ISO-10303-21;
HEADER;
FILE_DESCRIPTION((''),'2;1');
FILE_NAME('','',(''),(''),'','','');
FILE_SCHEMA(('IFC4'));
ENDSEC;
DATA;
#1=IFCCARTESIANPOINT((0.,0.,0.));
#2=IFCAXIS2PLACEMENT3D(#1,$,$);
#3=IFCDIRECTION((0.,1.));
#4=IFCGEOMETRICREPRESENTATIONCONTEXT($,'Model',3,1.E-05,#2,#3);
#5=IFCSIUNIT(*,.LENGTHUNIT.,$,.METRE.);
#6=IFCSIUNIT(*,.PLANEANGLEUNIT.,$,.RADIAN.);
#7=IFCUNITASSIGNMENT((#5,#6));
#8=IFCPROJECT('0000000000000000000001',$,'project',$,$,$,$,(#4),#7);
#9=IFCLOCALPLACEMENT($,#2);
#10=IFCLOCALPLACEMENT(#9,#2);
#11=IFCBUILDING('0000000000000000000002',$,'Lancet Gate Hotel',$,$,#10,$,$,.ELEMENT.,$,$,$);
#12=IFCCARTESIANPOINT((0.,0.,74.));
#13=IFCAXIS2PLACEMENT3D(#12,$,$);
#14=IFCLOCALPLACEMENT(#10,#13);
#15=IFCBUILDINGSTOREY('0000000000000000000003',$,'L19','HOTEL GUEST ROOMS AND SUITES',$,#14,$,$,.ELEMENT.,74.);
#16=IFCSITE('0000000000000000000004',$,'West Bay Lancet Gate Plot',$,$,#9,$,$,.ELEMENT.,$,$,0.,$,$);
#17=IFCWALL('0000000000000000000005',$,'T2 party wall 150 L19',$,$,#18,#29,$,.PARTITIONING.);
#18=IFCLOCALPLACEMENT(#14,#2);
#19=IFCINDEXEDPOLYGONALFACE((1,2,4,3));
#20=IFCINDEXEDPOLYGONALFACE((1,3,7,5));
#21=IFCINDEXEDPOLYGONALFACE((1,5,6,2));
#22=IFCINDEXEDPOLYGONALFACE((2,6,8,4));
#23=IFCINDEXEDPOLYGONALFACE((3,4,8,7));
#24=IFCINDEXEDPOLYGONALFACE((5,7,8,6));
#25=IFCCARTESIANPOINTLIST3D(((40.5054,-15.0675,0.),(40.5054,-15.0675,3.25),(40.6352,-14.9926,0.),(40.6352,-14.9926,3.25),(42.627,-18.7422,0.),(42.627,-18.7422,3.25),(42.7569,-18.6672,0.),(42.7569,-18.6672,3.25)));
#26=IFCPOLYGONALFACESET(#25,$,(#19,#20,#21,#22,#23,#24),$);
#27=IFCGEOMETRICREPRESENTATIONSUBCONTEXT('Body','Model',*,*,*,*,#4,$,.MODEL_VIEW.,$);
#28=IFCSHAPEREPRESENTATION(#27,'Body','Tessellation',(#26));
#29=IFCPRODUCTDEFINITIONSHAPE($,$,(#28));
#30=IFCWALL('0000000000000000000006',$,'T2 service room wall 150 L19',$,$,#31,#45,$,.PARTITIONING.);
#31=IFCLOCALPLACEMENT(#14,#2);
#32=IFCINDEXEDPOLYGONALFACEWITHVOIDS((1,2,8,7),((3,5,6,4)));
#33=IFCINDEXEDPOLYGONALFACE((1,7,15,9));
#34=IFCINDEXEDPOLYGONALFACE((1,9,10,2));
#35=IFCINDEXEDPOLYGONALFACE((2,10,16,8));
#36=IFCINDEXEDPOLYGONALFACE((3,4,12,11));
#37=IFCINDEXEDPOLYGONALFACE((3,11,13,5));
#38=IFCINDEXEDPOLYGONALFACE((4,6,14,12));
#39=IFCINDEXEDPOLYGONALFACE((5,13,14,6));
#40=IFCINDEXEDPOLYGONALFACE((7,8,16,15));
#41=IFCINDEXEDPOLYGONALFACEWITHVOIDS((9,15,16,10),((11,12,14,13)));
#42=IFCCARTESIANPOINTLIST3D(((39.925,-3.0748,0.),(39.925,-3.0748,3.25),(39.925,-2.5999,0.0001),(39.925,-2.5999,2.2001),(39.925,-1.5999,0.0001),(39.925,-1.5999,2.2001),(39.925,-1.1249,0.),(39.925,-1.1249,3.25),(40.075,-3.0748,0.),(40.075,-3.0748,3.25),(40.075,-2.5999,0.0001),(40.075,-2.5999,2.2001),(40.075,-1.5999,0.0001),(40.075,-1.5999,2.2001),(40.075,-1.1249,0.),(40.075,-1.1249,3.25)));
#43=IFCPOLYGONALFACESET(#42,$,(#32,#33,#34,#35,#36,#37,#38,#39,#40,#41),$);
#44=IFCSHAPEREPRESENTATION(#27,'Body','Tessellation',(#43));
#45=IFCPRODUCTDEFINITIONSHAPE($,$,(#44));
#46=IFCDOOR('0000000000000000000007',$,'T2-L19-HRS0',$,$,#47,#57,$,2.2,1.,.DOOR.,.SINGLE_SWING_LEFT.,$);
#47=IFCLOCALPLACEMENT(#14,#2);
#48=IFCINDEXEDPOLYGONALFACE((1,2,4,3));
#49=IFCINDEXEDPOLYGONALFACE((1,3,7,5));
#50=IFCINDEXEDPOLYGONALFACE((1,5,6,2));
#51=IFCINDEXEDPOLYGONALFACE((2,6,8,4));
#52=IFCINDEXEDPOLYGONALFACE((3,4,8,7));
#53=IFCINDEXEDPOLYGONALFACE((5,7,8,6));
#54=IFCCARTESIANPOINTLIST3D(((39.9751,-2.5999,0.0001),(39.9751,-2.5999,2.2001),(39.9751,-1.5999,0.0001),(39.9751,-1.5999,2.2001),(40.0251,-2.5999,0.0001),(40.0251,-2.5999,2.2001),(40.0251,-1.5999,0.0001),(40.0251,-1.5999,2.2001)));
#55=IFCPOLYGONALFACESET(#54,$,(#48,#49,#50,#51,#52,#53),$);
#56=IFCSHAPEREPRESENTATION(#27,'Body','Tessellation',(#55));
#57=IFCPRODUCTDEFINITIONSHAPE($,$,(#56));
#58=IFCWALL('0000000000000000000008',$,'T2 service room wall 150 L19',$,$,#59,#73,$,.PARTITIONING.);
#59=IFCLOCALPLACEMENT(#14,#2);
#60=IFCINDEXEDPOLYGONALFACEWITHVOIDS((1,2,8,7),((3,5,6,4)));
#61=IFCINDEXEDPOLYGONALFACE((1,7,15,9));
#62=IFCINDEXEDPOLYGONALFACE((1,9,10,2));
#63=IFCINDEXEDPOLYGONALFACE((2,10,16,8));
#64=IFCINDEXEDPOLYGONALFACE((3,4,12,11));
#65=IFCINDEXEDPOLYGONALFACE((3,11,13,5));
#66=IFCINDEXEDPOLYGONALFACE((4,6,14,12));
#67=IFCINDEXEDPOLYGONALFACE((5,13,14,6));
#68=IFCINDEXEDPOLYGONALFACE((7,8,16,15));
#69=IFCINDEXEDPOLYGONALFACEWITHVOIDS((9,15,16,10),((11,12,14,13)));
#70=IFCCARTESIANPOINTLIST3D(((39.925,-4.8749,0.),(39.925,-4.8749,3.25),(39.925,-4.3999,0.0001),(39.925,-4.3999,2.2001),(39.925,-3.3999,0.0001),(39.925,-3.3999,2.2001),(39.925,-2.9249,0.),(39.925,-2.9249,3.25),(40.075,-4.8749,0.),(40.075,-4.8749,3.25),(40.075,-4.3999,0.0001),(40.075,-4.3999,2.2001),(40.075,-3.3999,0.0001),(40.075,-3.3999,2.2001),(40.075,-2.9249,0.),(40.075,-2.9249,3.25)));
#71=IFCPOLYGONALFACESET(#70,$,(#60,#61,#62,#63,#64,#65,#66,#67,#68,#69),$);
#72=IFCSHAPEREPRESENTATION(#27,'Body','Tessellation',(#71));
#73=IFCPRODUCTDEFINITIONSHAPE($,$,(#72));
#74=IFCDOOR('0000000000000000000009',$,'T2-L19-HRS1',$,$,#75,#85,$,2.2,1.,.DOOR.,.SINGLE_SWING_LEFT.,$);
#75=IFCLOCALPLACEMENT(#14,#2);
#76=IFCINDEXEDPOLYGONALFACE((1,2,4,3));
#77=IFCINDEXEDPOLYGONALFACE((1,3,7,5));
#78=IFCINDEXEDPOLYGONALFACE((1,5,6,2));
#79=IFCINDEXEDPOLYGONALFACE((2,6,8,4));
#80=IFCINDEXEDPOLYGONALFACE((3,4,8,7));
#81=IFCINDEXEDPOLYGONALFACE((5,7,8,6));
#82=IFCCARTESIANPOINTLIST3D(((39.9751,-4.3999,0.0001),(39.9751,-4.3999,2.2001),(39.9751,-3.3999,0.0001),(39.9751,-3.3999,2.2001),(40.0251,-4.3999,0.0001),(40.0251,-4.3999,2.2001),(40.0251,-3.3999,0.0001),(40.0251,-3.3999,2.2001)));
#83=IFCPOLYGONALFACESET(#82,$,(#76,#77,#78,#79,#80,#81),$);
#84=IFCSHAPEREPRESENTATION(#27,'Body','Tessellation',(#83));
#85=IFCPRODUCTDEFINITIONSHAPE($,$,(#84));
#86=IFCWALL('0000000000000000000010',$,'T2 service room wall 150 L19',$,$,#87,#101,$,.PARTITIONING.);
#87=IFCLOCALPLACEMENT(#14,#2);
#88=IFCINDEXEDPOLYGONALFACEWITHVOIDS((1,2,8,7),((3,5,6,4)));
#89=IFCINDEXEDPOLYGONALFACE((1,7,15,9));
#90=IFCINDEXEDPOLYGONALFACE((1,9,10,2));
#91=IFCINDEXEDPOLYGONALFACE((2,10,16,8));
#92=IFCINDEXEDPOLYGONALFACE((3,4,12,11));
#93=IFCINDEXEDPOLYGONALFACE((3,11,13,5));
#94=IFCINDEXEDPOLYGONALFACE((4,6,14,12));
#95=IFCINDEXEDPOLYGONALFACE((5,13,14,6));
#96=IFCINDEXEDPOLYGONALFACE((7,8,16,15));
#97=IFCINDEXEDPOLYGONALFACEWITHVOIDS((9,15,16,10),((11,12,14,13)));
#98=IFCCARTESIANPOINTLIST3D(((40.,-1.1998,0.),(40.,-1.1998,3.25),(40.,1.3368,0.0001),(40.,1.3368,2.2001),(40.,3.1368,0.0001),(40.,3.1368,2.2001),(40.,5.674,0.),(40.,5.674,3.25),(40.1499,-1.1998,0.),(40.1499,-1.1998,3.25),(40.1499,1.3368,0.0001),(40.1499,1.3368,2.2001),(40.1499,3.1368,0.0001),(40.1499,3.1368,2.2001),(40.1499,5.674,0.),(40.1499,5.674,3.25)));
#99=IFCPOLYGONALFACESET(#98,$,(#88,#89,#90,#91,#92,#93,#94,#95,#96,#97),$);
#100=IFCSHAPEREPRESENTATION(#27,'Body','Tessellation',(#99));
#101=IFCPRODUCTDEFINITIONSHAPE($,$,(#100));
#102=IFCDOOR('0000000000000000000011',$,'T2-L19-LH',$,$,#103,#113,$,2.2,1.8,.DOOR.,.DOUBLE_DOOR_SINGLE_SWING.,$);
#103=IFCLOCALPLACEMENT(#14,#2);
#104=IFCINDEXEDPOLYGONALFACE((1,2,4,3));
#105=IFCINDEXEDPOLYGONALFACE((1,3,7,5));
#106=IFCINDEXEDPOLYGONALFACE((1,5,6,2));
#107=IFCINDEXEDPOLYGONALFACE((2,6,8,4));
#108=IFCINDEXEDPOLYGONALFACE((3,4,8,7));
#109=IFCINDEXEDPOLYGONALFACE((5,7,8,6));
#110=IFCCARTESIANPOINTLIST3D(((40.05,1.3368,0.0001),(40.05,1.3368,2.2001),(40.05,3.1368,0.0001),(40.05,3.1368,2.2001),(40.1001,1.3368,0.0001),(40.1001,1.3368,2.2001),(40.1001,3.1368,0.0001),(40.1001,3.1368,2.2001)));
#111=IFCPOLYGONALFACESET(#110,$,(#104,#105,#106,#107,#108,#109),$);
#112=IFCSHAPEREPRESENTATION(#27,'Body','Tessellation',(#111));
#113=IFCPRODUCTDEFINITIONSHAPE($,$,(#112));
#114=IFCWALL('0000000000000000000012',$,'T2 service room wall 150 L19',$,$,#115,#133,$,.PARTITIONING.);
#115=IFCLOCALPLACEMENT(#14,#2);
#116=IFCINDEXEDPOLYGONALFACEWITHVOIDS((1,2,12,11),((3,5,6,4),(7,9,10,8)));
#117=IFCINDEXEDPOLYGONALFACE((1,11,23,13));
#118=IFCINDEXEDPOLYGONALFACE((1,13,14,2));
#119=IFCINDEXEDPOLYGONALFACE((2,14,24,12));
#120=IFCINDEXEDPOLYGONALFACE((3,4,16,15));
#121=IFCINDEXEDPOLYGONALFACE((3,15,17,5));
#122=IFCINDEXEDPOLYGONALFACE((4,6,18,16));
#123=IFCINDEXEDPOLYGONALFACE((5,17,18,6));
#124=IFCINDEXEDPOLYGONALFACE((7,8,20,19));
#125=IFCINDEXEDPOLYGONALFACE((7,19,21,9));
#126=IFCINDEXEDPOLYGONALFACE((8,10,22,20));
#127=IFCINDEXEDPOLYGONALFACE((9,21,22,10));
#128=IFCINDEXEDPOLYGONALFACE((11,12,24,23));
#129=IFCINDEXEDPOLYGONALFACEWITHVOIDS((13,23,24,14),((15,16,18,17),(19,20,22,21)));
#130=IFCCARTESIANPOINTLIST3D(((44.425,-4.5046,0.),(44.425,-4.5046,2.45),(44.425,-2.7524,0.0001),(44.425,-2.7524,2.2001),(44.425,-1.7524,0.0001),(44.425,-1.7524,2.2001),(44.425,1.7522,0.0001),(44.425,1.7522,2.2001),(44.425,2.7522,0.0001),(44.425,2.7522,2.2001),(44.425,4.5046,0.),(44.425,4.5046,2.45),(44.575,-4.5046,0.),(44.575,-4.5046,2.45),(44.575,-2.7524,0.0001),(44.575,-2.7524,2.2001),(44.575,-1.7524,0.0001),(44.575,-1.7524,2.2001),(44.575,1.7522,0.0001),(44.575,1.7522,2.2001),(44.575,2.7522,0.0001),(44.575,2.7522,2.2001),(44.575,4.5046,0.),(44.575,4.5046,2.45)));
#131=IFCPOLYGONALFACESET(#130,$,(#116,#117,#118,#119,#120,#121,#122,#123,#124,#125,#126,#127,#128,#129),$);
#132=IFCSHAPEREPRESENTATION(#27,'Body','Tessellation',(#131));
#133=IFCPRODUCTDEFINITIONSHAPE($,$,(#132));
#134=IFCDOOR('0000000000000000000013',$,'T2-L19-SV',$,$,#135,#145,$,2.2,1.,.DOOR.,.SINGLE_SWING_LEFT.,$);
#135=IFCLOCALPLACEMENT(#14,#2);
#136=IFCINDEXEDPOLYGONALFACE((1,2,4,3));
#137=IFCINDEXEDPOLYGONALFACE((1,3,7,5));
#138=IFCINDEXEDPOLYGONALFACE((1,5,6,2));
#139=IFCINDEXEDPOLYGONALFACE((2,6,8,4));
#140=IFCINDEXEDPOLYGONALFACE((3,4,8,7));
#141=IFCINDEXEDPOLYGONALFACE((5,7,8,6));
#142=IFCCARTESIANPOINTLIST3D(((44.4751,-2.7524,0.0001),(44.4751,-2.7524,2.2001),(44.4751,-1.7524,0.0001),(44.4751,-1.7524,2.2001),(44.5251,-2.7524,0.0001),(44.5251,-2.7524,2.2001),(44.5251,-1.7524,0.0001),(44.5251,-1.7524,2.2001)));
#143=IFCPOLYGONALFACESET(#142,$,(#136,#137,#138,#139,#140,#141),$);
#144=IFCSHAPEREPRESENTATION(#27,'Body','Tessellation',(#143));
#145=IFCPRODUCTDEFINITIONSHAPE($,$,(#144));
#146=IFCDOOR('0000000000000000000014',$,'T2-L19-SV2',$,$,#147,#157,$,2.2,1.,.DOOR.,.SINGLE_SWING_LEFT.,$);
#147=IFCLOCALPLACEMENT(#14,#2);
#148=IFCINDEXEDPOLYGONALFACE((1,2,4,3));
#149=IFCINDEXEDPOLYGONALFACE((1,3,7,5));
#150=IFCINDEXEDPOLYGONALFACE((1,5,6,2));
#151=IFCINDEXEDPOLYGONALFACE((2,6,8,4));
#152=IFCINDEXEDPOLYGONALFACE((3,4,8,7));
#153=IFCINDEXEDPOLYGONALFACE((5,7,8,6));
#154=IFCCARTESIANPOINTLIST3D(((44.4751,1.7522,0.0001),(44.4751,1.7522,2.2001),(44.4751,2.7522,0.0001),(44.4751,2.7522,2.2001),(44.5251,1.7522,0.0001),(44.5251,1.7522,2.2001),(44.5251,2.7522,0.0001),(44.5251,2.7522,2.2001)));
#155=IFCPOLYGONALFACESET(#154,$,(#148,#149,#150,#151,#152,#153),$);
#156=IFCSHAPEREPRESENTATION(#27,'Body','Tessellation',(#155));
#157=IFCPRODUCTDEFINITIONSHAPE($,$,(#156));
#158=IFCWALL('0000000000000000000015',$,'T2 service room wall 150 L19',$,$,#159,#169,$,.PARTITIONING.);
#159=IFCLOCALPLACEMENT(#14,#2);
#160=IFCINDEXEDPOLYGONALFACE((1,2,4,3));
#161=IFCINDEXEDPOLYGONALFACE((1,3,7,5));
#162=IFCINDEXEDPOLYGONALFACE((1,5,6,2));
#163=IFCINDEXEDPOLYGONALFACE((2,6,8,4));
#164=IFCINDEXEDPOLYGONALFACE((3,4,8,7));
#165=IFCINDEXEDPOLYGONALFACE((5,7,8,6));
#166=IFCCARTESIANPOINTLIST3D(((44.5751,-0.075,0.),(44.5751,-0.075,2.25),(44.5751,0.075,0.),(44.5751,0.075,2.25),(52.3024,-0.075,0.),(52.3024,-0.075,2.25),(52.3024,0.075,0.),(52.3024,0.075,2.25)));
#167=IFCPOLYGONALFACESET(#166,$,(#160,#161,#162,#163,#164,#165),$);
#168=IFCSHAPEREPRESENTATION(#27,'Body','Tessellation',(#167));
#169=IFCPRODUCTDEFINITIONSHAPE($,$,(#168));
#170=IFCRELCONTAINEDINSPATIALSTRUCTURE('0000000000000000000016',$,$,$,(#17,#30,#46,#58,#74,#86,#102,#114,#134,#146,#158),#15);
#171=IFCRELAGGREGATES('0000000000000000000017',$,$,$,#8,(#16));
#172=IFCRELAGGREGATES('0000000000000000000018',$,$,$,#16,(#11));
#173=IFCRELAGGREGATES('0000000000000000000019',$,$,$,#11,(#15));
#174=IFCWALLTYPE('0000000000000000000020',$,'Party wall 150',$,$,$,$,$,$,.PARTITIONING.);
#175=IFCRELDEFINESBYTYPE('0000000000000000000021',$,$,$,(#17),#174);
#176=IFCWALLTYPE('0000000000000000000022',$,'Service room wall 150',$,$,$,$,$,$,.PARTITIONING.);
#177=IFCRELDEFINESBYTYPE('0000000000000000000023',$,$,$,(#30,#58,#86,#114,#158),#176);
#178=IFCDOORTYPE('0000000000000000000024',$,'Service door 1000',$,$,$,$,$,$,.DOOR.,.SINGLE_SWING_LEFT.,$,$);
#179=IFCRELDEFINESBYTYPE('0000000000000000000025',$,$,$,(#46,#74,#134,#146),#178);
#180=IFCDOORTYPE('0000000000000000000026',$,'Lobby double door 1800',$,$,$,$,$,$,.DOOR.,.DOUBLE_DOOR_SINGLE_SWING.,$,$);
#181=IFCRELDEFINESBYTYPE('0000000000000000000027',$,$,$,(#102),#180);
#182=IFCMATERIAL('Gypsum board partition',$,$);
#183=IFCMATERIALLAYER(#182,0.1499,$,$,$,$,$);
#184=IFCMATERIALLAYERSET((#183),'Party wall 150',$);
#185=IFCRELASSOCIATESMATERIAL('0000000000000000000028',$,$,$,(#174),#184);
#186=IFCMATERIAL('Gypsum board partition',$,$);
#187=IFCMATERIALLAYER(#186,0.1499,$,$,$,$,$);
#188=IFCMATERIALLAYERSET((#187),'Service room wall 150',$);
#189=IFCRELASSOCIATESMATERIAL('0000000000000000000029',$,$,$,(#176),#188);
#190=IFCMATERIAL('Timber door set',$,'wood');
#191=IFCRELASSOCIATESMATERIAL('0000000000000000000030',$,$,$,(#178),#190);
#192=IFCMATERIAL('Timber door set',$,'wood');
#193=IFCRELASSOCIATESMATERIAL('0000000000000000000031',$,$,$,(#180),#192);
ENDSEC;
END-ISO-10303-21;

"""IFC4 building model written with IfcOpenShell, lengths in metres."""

from ifc_helpers import new_model, si_unit, direction, frame, frame_2d, origin, place, context, subcontext, project, spatial, rectangle, extrude, material, layer, layer_set, type_object, element, fill, save


model = new_model("IFC4")

# Units and contexts
model_context = context("Model", 3, precision=1e-05, world=origin(), true_north=direction((0.0, 1.0)))
body_context = subcontext(model_context, "Body", "Model", "MODEL_VIEW")
ifc_project = project(units=[si_unit("LENGTHUNIT", "METRE"), si_unit("PLANEANGLEUNIT", "RADIAN")], contexts=[model_context])

# Site, building, storey
site_placement = place(None, origin())
site = spatial("IfcSite", under=ifc_project, at=site_placement, Name="West Bay Lancet Gate Plot", CompositionType="ELEMENT", RefElevation=0.0)
building_placement = place(site_placement, origin())
building = spatial("IfcBuilding", under=site, at=building_placement, Name="Lancet Gate Hotel", CompositionType="ELEMENT")
storey_placement = place(building_placement, frame((0.0, 0.0, 74.0)))
storey = spatial("IfcBuildingStorey", under=building, at=storey_placement, Name="L19", Description="HOTEL GUEST ROOMS AND SUITES", CompositionType="ELEMENT", Elevation=74.0)

# Wall
ifc_material_1 = material(Name="Gypsum board partition")
ifc_layer_1 = layer(ifc_material_1, 0.1499)
ifc_layer_set_1 = layer_set([ifc_layer_1], Name="Party wall 150")
wall_type_1 = type_object("IfcWallType", Name="Party wall 150", PredefinedType="PARTITIONING", material=ifc_layer_set_1)
wall_1_placement = place(storey_placement, frame((40.5703, -15.03, 0.0), z_axis=(0.0, 0.0, 1.0), x_axis=(0.500013, -0.866018, 0.0)))
element("IfcWall", 1, at=wall_1_placement, inside=storey, type_object=wall_type_1, Name="T2 party wall 150 L19", PredefinedType="PARTITIONING", context=body_context, shape_type="SweptSolid", body=[
    extrude(rectangle(XDim=4.2432, YDim=0.1499, at=frame_2d((2.1216, 0.0))), origin(), (0.0, 0.0, 1.0), 3.25),
])

# Walls, openings, doors
ifc_material_2 = material(Name="Gypsum board partition")
ifc_layer_2 = layer(ifc_material_2, 0.1499)
ifc_layer_set_2 = layer_set([ifc_layer_2], Name="Service room wall 150")
wall_type_2 = type_object("IfcWallType", Name="Service room wall 150", PredefinedType="PARTITIONING", material=ifc_layer_set_2)
wall_2_placement = place(storey_placement, frame((40.0, -3.075, 0.0), z_axis=(0.0, 0.0, 1.0), x_axis=(0.0, 1.0, 0.0)))
wall_2 = element("IfcWall", 2, at=wall_2_placement, inside=storey, type_object=wall_type_2, Name="T2 service room wall 150 L19", PredefinedType="PARTITIONING", context=body_context, shape_type="SweptSolid", body=[
    extrude(rectangle(XDim=1.95, YDim=0.1499, at=frame_2d((0.9751, 0.0))), origin(), (0.0, 0.0, 1.0), 3.25),
])
opening_1_placement = place(wall_2_placement, frame((0.4751, 0.0, 0.0)))
opening_1 = element("IfcOpeningElement", 3, at=opening_1_placement, cuts=wall_2, PredefinedType="OPENING", context=body_context, shape_type="SweptSolid", body=[
    extrude(rectangle(XDim=1.0, YDim=2.2, at=frame_2d((0.5, 1.1001))), frame((0.0, 0.085, 0.0), z_axis=(0.0, -1.0, 0.0), x_axis=(1.0, 0.0, 0.0)), (0.0, 0.0, 1.0), 0.1699),
])
ifc_material_3 = material(Name="Timber door set", Category="wood")
door_type_1 = type_object("IfcDoorType", Name="Service door 1000", OperationType="SINGLE_SWING_LEFT", PredefinedType="DOOR", material=ifc_material_3)
door_1_placement = place(opening_1_placement, origin())
door_1 = element("IfcDoor", 4, at=door_1_placement, inside=storey, type_object=door_type_1, Name="T2-L19-HRS0", OperationType="SINGLE_SWING_LEFT", OverallHeight=2.2, OverallWidth=1.0, PredefinedType="DOOR", context=body_context, shape_type="SweptSolid", body=[
    extrude(rectangle(XDim=1.0, YDim=2.2, at=frame_2d((0.5, 1.1001))), frame((0.0, 0.0249, 0.0), z_axis=(0.0, -1.0, 0.0), x_axis=(1.0, 0.0, 0.0)), (0.0, 0.0, 1.0), 0.05),
])
fill(opening_1, door_1)
wall_3_placement = place(storey_placement, frame((40.0, -4.875, 0.0), z_axis=(0.0, 0.0, 1.0), x_axis=(0.0, 1.0, 0.0)))
wall_3 = element("IfcWall", 5, at=wall_3_placement, inside=storey, type_object=wall_type_2, Name="T2 service room wall 150 L19", PredefinedType="PARTITIONING", context=body_context, shape_type="SweptSolid", body=[
    extrude(rectangle(XDim=1.95, YDim=0.1499, at=frame_2d((0.9751, 0.0))), origin(), (0.0, 0.0, 1.0), 3.25),
])
opening_2_placement = place(wall_3_placement, frame((0.4751, 0.0, 0.0)))
opening_2 = element("IfcOpeningElement", 6, at=opening_2_placement, cuts=wall_3, PredefinedType="OPENING", context=body_context, shape_type="SweptSolid", body=[
    extrude(rectangle(XDim=1.0, YDim=2.2, at=frame_2d((0.5, 1.1001))), frame((0.0, 0.085, 0.0), z_axis=(0.0, -1.0, 0.0), x_axis=(1.0, 0.0, 0.0)), (0.0, 0.0, 1.0), 0.1699),
])
door_2_placement = place(opening_2_placement, origin())
door_2 = element("IfcDoor", 7, at=door_2_placement, inside=storey, type_object=door_type_1, Name="T2-L19-HRS1", OperationType="SINGLE_SWING_LEFT", OverallHeight=2.2, OverallWidth=1.0, PredefinedType="DOOR", context=body_context, shape_type="SweptSolid", body=[
    extrude(rectangle(XDim=1.0, YDim=2.2, at=frame_2d((0.5, 1.1001))), frame((0.0, 0.0249, 0.0), z_axis=(0.0, -1.0, 0.0), x_axis=(1.0, 0.0, 0.0)), (0.0, 0.0, 1.0), 0.05),
])
fill(opening_2, door_2)
wall_4_placement = place(storey_placement, frame((40.075, -1.2, 0.0), z_axis=(0.0, 0.0, 1.0), x_axis=(0.0, 1.0, 0.0)))
wall_4 = element("IfcWall", 8, at=wall_4_placement, inside=storey, type_object=wall_type_2, Name="T2 service room wall 150 L19", PredefinedType="PARTITIONING", context=body_context, shape_type="SweptSolid", body=[
    extrude(rectangle(XDim=6.8738, YDim=0.1499, at=frame_2d((3.437, 0.0))), origin(), (0.0, 0.0, 1.0), 3.25),
])
opening_3_placement = place(wall_4_placement, frame((2.5369, 0.0, 0.0)))
opening_3 = element("IfcOpeningElement", 9, at=opening_3_placement, cuts=wall_4, PredefinedType="OPENING", context=body_context, shape_type="SweptSolid", body=[
    extrude(rectangle(XDim=1.8, YDim=2.2, at=frame_2d((0.8999, 1.1001))), frame((0.0, 0.085, 0.0), z_axis=(0.0, -1.0, 0.0), x_axis=(1.0, 0.0, 0.0)), (0.0, 0.0, 1.0), 0.1699),
])
ifc_material_4 = material(Name="Timber door set", Category="wood")
door_type_2 = type_object("IfcDoorType", Name="Lobby double door 1800", OperationType="DOUBLE_DOOR_SINGLE_SWING", PredefinedType="DOOR", material=ifc_material_4)
door_3_placement = place(opening_3_placement, origin())
door_3 = element("IfcDoor", 10, at=door_3_placement, inside=storey, type_object=door_type_2, Name="T2-L19-LH", OperationType="DOUBLE_DOOR_SINGLE_SWING", OverallHeight=2.2, OverallWidth=1.8, PredefinedType="DOOR", context=body_context, shape_type="SweptSolid", body=[
    extrude(rectangle(XDim=1.8, YDim=2.2, at=frame_2d((0.8999, 1.1001))), frame((0.0, 0.0249, 0.0), z_axis=(0.0, -1.0, 0.0), x_axis=(1.0, 0.0, 0.0)), (0.0, 0.0, 1.0), 0.05),
])
fill(opening_3, door_3)

# Wall, openings, doors
wall_5_placement = place(storey_placement, frame((44.5, -4.5046, 0.0), z_axis=(0.0, 0.0, 1.0), x_axis=(0.0, 1.0, 0.0)))
wall_5 = element("IfcWall", 11, at=wall_5_placement, inside=storey, type_object=wall_type_2, Name="T2 service room wall 150 L19", PredefinedType="PARTITIONING", context=body_context, shape_type="SweptSolid", body=[
    extrude(rectangle(XDim=9.0093, YDim=0.1499, at=frame_2d((4.5046, 0.0))), origin(), (0.0, 0.0, 1.0), 2.45),
])
opening_4_placement = place(wall_5_placement, frame((1.7522, 0.0, 0.0)))
opening_4 = element("IfcOpeningElement", 12, at=opening_4_placement, cuts=wall_5, PredefinedType="OPENING", context=body_context, shape_type="SweptSolid", body=[
    extrude(rectangle(XDim=1.0, YDim=2.2, at=frame_2d((0.5, 1.1001))), frame((0.0, 0.085, 0.0), z_axis=(0.0, -1.0, 0.0), x_axis=(1.0, 0.0, 0.0)), (0.0, 0.0, 1.0), 0.1699),
])
opening_5_placement = place(wall_5_placement, frame((6.2568, 0.0, 0.0)))
opening_5 = element("IfcOpeningElement", 13, at=opening_5_placement, cuts=wall_5, PredefinedType="OPENING", context=body_context, shape_type="SweptSolid", body=[
    extrude(rectangle(XDim=1.0, YDim=2.2, at=frame_2d((0.5, 1.1001))), frame((0.0, 0.085, 0.0), z_axis=(0.0, -1.0, 0.0), x_axis=(1.0, 0.0, 0.0)), (0.0, 0.0, 1.0), 0.1699),
])
door_4_placement = place(opening_4_placement, origin())
door_4 = element("IfcDoor", 14, at=door_4_placement, inside=storey, type_object=door_type_1, Name="T2-L19-SV", OperationType="SINGLE_SWING_LEFT", OverallHeight=2.2, OverallWidth=1.0, PredefinedType="DOOR", context=body_context, shape_type="SweptSolid", body=[
    extrude(rectangle(XDim=1.0, YDim=2.2, at=frame_2d((0.5, 1.1001))), frame((0.0, 0.0249, 0.0), z_axis=(0.0, -1.0, 0.0), x_axis=(1.0, 0.0, 0.0)), (0.0, 0.0, 1.0), 0.05),
])
fill(opening_4, door_4)
door_5_placement = place(opening_5_placement, origin())
door_5 = element("IfcDoor", 15, at=door_5_placement, inside=storey, type_object=door_type_1, Name="T2-L19-SV2", OperationType="SINGLE_SWING_LEFT", OverallHeight=2.2, OverallWidth=1.0, PredefinedType="DOOR", context=body_context, shape_type="SweptSolid", body=[
    extrude(rectangle(XDim=1.0, YDim=2.2, at=frame_2d((0.5, 1.1001))), frame((0.0, 0.0249, 0.0), z_axis=(0.0, -1.0, 0.0), x_axis=(1.0, 0.0, 0.0)), (0.0, 0.0, 1.0), 0.05),
])
fill(opening_5, door_5)

# Wall
wall_6_placement = place(storey_placement, frame((44.575, 0.0, 0.0), z_axis=(0.0, 0.0, 1.0), x_axis=(1.0, 0.0, 0.0)))
element("IfcWall", 16, at=wall_6_placement, inside=storey, type_object=wall_type_2, Name="T2 service room wall 150 L19", PredefinedType="PARTITIONING", context=body_context, shape_type="SweptSolid", body=[
    extrude(rectangle(XDim=7.7273, YDim=0.1499, at=frame_2d((3.8638, 0.0))), origin(), (0.0, 0.0, 1.0), 2.25),
])

save(model, "model.ifc")
